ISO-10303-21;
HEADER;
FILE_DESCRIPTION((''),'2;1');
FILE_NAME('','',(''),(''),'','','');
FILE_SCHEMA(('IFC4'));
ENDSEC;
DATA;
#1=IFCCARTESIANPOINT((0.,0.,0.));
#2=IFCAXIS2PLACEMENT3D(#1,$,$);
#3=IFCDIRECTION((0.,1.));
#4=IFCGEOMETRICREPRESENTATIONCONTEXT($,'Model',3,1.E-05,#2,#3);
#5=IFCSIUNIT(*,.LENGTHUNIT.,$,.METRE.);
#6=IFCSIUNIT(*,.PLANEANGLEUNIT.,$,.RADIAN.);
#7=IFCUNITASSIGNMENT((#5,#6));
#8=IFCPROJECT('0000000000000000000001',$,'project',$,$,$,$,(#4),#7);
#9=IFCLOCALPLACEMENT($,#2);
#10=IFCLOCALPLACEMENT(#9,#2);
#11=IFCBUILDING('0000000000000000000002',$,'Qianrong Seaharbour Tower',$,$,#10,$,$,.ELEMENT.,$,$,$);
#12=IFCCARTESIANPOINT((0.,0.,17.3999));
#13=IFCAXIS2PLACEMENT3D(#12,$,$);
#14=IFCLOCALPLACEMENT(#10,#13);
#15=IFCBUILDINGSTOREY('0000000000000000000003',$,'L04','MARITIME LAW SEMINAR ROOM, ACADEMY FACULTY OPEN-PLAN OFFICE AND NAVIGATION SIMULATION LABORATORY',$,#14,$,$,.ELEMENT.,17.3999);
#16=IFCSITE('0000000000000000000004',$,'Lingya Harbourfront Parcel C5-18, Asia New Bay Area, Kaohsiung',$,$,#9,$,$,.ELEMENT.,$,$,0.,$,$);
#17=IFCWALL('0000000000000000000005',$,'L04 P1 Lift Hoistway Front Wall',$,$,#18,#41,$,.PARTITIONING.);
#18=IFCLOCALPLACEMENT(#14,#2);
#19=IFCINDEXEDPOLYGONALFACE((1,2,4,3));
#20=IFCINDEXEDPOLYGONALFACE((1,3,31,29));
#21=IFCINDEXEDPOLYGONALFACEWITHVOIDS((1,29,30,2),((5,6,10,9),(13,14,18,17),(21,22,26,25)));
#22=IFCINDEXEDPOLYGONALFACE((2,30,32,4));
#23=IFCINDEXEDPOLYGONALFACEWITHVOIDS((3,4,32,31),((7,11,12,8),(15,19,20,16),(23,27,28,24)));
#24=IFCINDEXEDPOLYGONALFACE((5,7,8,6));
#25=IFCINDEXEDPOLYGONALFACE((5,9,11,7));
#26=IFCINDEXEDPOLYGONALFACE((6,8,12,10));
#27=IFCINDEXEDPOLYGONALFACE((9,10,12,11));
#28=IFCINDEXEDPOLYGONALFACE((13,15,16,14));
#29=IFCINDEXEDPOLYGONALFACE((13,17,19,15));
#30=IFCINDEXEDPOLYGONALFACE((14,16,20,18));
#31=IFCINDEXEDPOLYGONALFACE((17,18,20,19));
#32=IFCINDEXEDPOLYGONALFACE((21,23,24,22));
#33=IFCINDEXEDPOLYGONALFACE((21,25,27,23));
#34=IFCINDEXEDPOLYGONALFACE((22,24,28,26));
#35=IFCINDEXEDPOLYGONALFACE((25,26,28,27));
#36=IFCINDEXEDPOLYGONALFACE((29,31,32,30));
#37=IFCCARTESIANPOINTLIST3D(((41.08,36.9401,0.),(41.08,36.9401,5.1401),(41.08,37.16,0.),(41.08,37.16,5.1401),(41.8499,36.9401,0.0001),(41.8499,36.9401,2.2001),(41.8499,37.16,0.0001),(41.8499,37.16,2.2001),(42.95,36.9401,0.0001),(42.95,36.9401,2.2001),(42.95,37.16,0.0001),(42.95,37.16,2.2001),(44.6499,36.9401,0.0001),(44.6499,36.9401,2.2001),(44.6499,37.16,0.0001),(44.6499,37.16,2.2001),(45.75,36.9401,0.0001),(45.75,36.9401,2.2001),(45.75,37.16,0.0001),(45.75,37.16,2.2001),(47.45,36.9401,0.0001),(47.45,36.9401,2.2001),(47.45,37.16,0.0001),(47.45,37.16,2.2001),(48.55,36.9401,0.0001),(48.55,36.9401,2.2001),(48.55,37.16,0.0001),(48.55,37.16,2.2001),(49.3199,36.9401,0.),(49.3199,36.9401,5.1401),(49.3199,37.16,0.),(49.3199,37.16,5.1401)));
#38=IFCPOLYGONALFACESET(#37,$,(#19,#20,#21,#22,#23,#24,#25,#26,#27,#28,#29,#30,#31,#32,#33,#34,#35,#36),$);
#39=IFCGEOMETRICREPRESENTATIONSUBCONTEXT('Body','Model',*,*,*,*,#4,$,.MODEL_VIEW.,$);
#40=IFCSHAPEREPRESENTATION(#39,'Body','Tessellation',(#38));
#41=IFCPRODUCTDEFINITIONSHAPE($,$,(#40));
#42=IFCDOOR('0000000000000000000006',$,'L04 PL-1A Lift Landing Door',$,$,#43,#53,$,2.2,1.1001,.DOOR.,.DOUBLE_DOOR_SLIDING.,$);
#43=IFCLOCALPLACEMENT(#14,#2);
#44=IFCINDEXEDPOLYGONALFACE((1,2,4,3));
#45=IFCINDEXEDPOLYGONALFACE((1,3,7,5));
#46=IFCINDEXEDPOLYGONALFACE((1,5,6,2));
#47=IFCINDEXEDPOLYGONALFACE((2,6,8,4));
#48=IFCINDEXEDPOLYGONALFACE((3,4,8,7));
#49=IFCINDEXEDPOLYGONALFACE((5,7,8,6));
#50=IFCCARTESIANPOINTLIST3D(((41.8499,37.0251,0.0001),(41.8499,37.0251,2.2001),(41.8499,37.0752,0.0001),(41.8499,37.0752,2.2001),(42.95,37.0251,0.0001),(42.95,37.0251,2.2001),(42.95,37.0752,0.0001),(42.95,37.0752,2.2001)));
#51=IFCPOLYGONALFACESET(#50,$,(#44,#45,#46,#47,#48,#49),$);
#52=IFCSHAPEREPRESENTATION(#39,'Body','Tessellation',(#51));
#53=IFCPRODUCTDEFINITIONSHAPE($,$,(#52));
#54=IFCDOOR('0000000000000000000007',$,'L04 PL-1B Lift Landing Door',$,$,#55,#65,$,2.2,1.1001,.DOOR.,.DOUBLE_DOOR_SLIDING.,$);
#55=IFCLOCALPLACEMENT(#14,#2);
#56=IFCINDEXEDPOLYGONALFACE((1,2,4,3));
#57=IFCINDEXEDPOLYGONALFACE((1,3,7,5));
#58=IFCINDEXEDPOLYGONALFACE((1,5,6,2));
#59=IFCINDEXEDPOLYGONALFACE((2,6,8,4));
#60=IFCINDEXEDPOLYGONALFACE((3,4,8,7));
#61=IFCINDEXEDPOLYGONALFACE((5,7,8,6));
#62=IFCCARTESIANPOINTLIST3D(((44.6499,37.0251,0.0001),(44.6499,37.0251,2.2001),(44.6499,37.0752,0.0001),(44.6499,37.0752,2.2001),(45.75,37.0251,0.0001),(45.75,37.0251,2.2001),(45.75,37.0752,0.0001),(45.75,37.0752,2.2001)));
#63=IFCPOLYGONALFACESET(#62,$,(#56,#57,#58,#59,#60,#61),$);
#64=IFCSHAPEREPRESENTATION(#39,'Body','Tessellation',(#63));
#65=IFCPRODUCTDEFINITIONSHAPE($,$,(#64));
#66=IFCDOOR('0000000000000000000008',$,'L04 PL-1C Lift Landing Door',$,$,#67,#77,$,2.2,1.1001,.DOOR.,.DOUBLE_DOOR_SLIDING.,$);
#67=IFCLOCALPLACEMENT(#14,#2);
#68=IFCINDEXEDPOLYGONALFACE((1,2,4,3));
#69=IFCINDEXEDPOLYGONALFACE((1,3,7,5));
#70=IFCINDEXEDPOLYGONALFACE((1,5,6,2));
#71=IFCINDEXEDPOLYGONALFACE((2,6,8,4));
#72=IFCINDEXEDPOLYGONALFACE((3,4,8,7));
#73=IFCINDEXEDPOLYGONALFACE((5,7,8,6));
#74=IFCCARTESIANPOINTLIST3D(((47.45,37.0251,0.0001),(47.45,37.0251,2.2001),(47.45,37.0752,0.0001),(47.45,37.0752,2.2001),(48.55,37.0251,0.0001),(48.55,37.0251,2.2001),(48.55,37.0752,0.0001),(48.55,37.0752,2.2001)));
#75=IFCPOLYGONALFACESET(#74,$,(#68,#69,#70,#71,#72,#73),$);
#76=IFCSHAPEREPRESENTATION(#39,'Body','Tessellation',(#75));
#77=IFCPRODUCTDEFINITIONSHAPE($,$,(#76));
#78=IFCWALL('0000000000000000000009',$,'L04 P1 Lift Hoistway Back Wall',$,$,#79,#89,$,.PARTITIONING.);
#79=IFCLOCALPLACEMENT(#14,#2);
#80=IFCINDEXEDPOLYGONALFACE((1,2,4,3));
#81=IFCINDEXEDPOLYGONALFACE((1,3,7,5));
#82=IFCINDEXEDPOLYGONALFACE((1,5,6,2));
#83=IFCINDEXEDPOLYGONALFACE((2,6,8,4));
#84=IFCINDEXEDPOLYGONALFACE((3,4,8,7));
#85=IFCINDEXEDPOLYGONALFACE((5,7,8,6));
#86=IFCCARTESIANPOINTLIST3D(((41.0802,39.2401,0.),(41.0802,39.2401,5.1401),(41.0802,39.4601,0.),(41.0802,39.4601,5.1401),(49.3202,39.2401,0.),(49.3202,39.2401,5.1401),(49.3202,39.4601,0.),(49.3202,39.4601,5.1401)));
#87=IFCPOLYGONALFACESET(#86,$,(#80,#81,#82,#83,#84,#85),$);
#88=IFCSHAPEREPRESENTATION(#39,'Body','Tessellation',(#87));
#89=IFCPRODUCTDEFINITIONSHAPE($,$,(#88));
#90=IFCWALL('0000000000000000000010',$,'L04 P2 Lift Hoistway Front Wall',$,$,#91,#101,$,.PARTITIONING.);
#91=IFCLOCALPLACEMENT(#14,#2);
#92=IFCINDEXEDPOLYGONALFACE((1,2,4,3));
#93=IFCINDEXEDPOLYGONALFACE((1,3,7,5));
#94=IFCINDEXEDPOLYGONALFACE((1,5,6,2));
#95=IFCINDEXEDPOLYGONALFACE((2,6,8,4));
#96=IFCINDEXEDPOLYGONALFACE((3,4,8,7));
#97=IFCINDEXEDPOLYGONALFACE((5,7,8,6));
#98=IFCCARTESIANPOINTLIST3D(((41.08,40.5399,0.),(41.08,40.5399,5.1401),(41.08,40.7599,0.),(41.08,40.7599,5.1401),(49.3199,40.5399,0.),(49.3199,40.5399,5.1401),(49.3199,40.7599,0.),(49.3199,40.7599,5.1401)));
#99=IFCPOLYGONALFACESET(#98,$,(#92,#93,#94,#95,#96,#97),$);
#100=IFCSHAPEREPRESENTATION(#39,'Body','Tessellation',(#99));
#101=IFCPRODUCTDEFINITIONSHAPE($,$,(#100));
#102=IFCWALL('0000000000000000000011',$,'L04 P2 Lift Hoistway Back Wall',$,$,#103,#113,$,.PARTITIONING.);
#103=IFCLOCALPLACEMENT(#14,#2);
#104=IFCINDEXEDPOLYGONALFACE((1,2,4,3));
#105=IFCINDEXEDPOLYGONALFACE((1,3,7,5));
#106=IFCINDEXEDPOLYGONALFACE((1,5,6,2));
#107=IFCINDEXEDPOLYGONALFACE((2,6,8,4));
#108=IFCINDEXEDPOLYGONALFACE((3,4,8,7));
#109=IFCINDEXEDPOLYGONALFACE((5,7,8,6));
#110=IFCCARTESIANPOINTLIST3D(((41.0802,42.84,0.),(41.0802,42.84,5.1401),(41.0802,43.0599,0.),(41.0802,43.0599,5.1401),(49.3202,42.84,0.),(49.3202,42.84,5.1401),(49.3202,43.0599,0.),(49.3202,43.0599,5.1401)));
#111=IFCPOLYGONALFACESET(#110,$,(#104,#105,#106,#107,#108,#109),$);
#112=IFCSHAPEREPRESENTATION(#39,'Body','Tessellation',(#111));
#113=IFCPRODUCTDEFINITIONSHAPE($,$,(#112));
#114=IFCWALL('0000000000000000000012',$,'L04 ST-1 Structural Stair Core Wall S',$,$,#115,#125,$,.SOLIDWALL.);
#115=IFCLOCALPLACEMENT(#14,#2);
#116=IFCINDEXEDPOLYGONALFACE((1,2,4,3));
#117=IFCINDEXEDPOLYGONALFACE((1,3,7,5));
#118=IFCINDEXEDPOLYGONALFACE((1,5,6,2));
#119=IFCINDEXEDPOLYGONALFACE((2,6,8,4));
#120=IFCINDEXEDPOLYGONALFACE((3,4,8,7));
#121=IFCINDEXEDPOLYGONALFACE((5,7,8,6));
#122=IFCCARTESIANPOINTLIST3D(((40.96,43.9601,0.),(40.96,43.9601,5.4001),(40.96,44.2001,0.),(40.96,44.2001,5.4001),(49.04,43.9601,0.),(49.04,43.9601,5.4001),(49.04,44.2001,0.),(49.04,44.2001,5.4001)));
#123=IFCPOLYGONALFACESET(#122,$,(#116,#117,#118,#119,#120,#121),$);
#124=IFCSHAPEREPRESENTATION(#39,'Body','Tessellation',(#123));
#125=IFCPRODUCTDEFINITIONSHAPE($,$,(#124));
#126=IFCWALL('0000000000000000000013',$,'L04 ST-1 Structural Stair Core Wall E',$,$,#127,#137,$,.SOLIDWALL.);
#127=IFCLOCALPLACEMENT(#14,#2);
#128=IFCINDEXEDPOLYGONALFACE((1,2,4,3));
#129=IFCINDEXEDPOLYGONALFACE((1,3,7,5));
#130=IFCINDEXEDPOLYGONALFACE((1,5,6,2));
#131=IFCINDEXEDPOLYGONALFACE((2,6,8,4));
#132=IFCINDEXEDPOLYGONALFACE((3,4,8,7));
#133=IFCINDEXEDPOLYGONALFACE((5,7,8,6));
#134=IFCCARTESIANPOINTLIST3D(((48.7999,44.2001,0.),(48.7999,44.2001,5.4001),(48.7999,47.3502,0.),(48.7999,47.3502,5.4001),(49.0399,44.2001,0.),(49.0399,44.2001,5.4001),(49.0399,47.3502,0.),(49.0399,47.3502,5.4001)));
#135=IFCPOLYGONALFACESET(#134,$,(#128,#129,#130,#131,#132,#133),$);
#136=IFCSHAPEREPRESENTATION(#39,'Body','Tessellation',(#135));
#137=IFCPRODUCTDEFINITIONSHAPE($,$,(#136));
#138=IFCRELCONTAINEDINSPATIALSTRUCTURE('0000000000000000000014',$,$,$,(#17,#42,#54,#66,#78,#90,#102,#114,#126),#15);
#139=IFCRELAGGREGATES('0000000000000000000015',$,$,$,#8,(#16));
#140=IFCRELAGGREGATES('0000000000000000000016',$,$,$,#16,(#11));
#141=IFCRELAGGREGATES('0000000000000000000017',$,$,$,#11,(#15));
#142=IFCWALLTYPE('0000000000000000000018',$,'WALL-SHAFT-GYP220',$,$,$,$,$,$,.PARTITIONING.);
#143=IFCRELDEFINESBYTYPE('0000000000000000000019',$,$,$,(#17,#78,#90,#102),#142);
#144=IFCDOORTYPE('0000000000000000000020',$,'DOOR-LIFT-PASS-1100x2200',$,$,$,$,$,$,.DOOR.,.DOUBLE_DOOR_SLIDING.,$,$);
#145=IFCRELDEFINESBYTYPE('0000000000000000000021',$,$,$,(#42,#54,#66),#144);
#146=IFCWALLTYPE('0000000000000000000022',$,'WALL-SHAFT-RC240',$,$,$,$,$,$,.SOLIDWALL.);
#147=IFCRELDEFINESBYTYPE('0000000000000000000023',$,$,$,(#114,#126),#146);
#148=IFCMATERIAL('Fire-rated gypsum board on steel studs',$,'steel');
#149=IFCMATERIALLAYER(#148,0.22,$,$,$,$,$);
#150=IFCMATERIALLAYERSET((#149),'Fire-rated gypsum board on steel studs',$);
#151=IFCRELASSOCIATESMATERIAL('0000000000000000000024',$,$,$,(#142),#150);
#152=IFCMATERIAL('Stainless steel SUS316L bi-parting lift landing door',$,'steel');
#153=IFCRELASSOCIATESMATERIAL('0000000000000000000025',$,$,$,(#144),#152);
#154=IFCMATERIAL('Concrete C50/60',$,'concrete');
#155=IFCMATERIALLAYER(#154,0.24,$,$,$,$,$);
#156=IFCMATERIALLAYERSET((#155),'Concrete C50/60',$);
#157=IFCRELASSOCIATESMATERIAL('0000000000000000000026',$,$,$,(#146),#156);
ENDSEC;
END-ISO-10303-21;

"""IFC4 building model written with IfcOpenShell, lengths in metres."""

from ifc_helpers import new_model, si_unit, direction, frame, frame_2d, origin, place, context, subcontext, project, spatial, rectangle, extrude, material, layer, layer_set, type_object, element, fill, save


model = new_model("IFC4")

# Units and contexts
model_context = context("Model", 3, precision=1e-05, world=origin(), true_north=direction((0.0, 1.0)))
body_context = subcontext(model_context, "Body", "Model", "MODEL_VIEW")
ifc_project = project(units=[si_unit("LENGTHUNIT", "METRE"), si_unit("PLANEANGLEUNIT", "RADIAN")], contexts=[model_context])

# Site, building, storey
site_placement = place(None, origin())
site = spatial("IfcSite", under=ifc_project, at=site_placement, Name="Lingya Harbourfront Parcel C5-18, Asia New Bay Area, Kaohsiung", CompositionType="ELEMENT", RefElevation=0.0)
building_placement = place(site_placement, origin())
building = spatial("IfcBuilding", under=site, at=building_placement, Name="Qianrong Seaharbour Tower", CompositionType="ELEMENT")
storey_placement = place(building_placement, frame((0.0, 0.0, 17.3999)))
storey = spatial("IfcBuildingStorey", under=building, at=storey_placement, Name="L04", Description="MARITIME LAW SEMINAR ROOM, ACADEMY FACULTY OPEN-PLAN OFFICE AND NAVIGATION SIMULATION LABORATORY", CompositionType="ELEMENT", Elevation=17.3999)

# Shared definitions
ifc_material_1 = material(Name="Fire-rated gypsum board on steel studs", Category="steel")

# Wall, openings, doors
ifc_layer_1 = layer(ifc_material_1, 0.22)
ifc_layer_set_1 = layer_set([ifc_layer_1], Name="Fire-rated gypsum board on steel studs")
wall_type_1 = type_object("IfcWallType", Name="WALL-SHAFT-GYP220", PredefinedType="PARTITIONING", material=ifc_layer_set_1)
wall_1_placement = place(storey_placement, frame((49.3201, 37.05, 0.0), z_axis=(0.0, 0.0, 1.0), x_axis=(-1.0, 0.0, 0.0)))
wall_1 = element("IfcWall", 1, at=wall_1_placement, inside=storey, type_object=wall_type_1, Name="L04 P1 Lift Hoistway Front Wall", PredefinedType="PARTITIONING", context=body_context, shape_type="SweptSolid", body=[
    extrude(rectangle(XDim=8.24, YDim=0.22, at=frame_2d((4.1201, 0.0))), origin(), (0.0, 0.0, 1.0), 5.1401),
])
opening_1_placement = place(wall_1_placement, frame((6.3701, 0.0, 0.0)))
opening_1 = element("IfcOpeningElement", 2, at=opening_1_placement, cuts=wall_1, PredefinedType="OPENING", context=body_context, shape_type="SweptSolid", body=[
    extrude(rectangle(XDim=1.1001, YDim=2.2, at=frame_2d((0.55, 1.1001))), frame((0.0, 0.1201, 0.0), z_axis=(0.0, -1.0, 0.0), x_axis=(1.0, 0.0, 0.0)), (0.0, 0.0, 1.0), 0.24),
])
opening_2_placement = place(wall_1_placement, frame((3.5701, 0.0, 0.0)))
opening_2 = element("IfcOpeningElement", 3, at=opening_2_placement, cuts=wall_1, PredefinedType="OPENING", context=body_context, shape_type="SweptSolid", body=[
    extrude(rectangle(XDim=1.1001, YDim=2.2, at=frame_2d((0.55, 1.1001))), frame((0.0, 0.1201, 0.0), z_axis=(0.0, -1.0, 0.0), x_axis=(1.0, 0.0, 0.0)), (0.0, 0.0, 1.0), 0.24),
])
opening_3_placement = place(wall_1_placement, frame((0.77, 0.0, 0.0)))
opening_3 = element("IfcOpeningElement", 4, at=opening_3_placement, cuts=wall_1, PredefinedType="OPENING", context=body_context, shape_type="SweptSolid", body=[
    extrude(rectangle(XDim=1.1001, YDim=2.2, at=frame_2d((0.55, 1.1001))), frame((0.0, 0.1201, 0.0), z_axis=(0.0, -1.0, 0.0), x_axis=(1.0, 0.0, 0.0)), (0.0, 0.0, 1.0), 0.24),
])
ifc_material_2 = material(Name="Stainless steel SUS316L bi-parting lift landing door", Category="steel")
door_type = type_object("IfcDoorType", Name="DOOR-LIFT-PASS-1100x2200", OperationType="DOUBLE_DOOR_SLIDING", PredefinedType="DOOR", material=ifc_material_2)
door_1_placement = place(opening_1_placement, origin())
door_1 = element("IfcDoor", 5, at=door_1_placement, inside=storey, type_object=door_type, Name="L04 PL-1A Lift Landing Door", OperationType="DOUBLE_DOOR_SLIDING", OverallHeight=2.2, OverallWidth=1.1001, PredefinedType="DOOR", context=body_context, shape_type="SweptSolid", body=[
    extrude(rectangle(XDim=1.1001, YDim=2.2, at=frame_2d((0.55, 1.1001))), frame((0.0, 0.0249, 0.0), z_axis=(0.0, -1.0, 0.0), x_axis=(1.0, 0.0, 0.0)), (0.0, 0.0, 1.0), 0.05),
])
fill(opening_1, door_1)
door_2_placement = place(opening_2_placement, origin())
door_2 = element("IfcDoor", 6, at=door_2_placement, inside=storey, type_object=door_type, Name="L04 PL-1B Lift Landing Door", OperationType="DOUBLE_DOOR_SLIDING", OverallHeight=2.2, OverallWidth=1.1001, PredefinedType="DOOR", context=body_context, shape_type="SweptSolid", body=[
    extrude(rectangle(XDim=1.1001, YDim=2.2, at=frame_2d((0.55, 1.1001))), frame((0.0, 0.0249, 0.0), z_axis=(0.0, -1.0, 0.0), x_axis=(1.0, 0.0, 0.0)), (0.0, 0.0, 1.0), 0.05),
])
fill(opening_2, door_2)
door_3_placement = place(opening_3_placement, origin())
door_3 = element("IfcDoor", 7, at=door_3_placement, inside=storey, type_object=door_type, Name="L04 PL-1C Lift Landing Door", OperationType="DOUBLE_DOOR_SLIDING", OverallHeight=2.2, OverallWidth=1.1001, PredefinedType="DOOR", context=body_context, shape_type="SweptSolid", body=[
    extrude(rectangle(XDim=1.1001, YDim=2.2, at=frame_2d((0.55, 1.1001))), frame((0.0, 0.0249, 0.0), z_axis=(0.0, -1.0, 0.0), x_axis=(1.0, 0.0, 0.0)), (0.0, 0.0, 1.0), 0.05),
])
fill(opening_3, door_3)

# Walls
for number, where, z_axis, x_axis, name in (
    (8, (41.0801, 39.3501, 0.0), (0.0, 0.0, 1.0), (1.0, 0.0, 0.0), "L04 P1 Lift Hoistway Back Wall"),
    (9, (49.3201, 40.6499, 0.0), (0.0, 0.0, 1.0), (-1.0, 0.0, 0.0), "L04 P2 Lift Hoistway Front Wall"),
    (10, (41.0801, 42.95, 0.0), (0.0, 0.0, 1.0), (1.0, 0.0, 0.0), "L04 P2 Lift Hoistway Back Wall"),
):
    element("IfcWall", number, at=place(storey_placement, frame(where, z_axis=z_axis, x_axis=x_axis)), inside=storey, type_object=wall_type_1, Name=name, PredefinedType="PARTITIONING", context=body_context, shape_type="SweptSolid", body=[
        extrude(rectangle(XDim=8.24, YDim=0.22, at=frame_2d((4.1201, 0.0))), origin(), (0.0, 0.0, 1.0), 5.1401),
    ])
ifc_material_3 = material(Name="Concrete C50/60", Category="concrete")
ifc_layer_2 = layer(ifc_material_3, 0.24)
ifc_layer_set_2 = layer_set([ifc_layer_2], Name="Concrete C50/60")
wall_type_2 = type_object("IfcWallType", Name="WALL-SHAFT-RC240", PredefinedType="SOLIDWALL", material=ifc_layer_set_2)
wall_2_placement = place(storey_placement, frame((49.04, 44.0801, 0.0), z_axis=(0.0, 0.0, 1.0), x_axis=(-1.0, 0.0, 0.0)))
element("IfcWall", 11, at=wall_2_placement, inside=storey, type_object=wall_type_2, Name="L04 ST-1 Structural Stair Core Wall S", PredefinedType="SOLIDWALL", context=body_context, shape_type="SweptSolid", body=[
    extrude(rectangle(XDim=8.0801, YDim=0.24, at=frame_2d((4.04, 0.0))), origin(), (0.0, 0.0, 1.0), 5.4001),
])
wall_3_placement = place(storey_placement, frame((48.9199, 44.2, 0.0), z_axis=(0.0, 0.0, 1.0), x_axis=(0.0, 1.0, 0.0)))
element("IfcWall", 12, at=wall_3_placement, inside=storey, type_object=wall_type_2, Name="L04 ST-1 Structural Stair Core Wall E", PredefinedType="SOLIDWALL", context=body_context, shape_type="SweptSolid", body=[
    extrude(rectangle(XDim=3.1501, YDim=0.24, at=frame_2d((1.5752, 0.0))), origin(), (0.0, 0.0, 1.0), 5.4001),
])

save(model, "model.ifc")
